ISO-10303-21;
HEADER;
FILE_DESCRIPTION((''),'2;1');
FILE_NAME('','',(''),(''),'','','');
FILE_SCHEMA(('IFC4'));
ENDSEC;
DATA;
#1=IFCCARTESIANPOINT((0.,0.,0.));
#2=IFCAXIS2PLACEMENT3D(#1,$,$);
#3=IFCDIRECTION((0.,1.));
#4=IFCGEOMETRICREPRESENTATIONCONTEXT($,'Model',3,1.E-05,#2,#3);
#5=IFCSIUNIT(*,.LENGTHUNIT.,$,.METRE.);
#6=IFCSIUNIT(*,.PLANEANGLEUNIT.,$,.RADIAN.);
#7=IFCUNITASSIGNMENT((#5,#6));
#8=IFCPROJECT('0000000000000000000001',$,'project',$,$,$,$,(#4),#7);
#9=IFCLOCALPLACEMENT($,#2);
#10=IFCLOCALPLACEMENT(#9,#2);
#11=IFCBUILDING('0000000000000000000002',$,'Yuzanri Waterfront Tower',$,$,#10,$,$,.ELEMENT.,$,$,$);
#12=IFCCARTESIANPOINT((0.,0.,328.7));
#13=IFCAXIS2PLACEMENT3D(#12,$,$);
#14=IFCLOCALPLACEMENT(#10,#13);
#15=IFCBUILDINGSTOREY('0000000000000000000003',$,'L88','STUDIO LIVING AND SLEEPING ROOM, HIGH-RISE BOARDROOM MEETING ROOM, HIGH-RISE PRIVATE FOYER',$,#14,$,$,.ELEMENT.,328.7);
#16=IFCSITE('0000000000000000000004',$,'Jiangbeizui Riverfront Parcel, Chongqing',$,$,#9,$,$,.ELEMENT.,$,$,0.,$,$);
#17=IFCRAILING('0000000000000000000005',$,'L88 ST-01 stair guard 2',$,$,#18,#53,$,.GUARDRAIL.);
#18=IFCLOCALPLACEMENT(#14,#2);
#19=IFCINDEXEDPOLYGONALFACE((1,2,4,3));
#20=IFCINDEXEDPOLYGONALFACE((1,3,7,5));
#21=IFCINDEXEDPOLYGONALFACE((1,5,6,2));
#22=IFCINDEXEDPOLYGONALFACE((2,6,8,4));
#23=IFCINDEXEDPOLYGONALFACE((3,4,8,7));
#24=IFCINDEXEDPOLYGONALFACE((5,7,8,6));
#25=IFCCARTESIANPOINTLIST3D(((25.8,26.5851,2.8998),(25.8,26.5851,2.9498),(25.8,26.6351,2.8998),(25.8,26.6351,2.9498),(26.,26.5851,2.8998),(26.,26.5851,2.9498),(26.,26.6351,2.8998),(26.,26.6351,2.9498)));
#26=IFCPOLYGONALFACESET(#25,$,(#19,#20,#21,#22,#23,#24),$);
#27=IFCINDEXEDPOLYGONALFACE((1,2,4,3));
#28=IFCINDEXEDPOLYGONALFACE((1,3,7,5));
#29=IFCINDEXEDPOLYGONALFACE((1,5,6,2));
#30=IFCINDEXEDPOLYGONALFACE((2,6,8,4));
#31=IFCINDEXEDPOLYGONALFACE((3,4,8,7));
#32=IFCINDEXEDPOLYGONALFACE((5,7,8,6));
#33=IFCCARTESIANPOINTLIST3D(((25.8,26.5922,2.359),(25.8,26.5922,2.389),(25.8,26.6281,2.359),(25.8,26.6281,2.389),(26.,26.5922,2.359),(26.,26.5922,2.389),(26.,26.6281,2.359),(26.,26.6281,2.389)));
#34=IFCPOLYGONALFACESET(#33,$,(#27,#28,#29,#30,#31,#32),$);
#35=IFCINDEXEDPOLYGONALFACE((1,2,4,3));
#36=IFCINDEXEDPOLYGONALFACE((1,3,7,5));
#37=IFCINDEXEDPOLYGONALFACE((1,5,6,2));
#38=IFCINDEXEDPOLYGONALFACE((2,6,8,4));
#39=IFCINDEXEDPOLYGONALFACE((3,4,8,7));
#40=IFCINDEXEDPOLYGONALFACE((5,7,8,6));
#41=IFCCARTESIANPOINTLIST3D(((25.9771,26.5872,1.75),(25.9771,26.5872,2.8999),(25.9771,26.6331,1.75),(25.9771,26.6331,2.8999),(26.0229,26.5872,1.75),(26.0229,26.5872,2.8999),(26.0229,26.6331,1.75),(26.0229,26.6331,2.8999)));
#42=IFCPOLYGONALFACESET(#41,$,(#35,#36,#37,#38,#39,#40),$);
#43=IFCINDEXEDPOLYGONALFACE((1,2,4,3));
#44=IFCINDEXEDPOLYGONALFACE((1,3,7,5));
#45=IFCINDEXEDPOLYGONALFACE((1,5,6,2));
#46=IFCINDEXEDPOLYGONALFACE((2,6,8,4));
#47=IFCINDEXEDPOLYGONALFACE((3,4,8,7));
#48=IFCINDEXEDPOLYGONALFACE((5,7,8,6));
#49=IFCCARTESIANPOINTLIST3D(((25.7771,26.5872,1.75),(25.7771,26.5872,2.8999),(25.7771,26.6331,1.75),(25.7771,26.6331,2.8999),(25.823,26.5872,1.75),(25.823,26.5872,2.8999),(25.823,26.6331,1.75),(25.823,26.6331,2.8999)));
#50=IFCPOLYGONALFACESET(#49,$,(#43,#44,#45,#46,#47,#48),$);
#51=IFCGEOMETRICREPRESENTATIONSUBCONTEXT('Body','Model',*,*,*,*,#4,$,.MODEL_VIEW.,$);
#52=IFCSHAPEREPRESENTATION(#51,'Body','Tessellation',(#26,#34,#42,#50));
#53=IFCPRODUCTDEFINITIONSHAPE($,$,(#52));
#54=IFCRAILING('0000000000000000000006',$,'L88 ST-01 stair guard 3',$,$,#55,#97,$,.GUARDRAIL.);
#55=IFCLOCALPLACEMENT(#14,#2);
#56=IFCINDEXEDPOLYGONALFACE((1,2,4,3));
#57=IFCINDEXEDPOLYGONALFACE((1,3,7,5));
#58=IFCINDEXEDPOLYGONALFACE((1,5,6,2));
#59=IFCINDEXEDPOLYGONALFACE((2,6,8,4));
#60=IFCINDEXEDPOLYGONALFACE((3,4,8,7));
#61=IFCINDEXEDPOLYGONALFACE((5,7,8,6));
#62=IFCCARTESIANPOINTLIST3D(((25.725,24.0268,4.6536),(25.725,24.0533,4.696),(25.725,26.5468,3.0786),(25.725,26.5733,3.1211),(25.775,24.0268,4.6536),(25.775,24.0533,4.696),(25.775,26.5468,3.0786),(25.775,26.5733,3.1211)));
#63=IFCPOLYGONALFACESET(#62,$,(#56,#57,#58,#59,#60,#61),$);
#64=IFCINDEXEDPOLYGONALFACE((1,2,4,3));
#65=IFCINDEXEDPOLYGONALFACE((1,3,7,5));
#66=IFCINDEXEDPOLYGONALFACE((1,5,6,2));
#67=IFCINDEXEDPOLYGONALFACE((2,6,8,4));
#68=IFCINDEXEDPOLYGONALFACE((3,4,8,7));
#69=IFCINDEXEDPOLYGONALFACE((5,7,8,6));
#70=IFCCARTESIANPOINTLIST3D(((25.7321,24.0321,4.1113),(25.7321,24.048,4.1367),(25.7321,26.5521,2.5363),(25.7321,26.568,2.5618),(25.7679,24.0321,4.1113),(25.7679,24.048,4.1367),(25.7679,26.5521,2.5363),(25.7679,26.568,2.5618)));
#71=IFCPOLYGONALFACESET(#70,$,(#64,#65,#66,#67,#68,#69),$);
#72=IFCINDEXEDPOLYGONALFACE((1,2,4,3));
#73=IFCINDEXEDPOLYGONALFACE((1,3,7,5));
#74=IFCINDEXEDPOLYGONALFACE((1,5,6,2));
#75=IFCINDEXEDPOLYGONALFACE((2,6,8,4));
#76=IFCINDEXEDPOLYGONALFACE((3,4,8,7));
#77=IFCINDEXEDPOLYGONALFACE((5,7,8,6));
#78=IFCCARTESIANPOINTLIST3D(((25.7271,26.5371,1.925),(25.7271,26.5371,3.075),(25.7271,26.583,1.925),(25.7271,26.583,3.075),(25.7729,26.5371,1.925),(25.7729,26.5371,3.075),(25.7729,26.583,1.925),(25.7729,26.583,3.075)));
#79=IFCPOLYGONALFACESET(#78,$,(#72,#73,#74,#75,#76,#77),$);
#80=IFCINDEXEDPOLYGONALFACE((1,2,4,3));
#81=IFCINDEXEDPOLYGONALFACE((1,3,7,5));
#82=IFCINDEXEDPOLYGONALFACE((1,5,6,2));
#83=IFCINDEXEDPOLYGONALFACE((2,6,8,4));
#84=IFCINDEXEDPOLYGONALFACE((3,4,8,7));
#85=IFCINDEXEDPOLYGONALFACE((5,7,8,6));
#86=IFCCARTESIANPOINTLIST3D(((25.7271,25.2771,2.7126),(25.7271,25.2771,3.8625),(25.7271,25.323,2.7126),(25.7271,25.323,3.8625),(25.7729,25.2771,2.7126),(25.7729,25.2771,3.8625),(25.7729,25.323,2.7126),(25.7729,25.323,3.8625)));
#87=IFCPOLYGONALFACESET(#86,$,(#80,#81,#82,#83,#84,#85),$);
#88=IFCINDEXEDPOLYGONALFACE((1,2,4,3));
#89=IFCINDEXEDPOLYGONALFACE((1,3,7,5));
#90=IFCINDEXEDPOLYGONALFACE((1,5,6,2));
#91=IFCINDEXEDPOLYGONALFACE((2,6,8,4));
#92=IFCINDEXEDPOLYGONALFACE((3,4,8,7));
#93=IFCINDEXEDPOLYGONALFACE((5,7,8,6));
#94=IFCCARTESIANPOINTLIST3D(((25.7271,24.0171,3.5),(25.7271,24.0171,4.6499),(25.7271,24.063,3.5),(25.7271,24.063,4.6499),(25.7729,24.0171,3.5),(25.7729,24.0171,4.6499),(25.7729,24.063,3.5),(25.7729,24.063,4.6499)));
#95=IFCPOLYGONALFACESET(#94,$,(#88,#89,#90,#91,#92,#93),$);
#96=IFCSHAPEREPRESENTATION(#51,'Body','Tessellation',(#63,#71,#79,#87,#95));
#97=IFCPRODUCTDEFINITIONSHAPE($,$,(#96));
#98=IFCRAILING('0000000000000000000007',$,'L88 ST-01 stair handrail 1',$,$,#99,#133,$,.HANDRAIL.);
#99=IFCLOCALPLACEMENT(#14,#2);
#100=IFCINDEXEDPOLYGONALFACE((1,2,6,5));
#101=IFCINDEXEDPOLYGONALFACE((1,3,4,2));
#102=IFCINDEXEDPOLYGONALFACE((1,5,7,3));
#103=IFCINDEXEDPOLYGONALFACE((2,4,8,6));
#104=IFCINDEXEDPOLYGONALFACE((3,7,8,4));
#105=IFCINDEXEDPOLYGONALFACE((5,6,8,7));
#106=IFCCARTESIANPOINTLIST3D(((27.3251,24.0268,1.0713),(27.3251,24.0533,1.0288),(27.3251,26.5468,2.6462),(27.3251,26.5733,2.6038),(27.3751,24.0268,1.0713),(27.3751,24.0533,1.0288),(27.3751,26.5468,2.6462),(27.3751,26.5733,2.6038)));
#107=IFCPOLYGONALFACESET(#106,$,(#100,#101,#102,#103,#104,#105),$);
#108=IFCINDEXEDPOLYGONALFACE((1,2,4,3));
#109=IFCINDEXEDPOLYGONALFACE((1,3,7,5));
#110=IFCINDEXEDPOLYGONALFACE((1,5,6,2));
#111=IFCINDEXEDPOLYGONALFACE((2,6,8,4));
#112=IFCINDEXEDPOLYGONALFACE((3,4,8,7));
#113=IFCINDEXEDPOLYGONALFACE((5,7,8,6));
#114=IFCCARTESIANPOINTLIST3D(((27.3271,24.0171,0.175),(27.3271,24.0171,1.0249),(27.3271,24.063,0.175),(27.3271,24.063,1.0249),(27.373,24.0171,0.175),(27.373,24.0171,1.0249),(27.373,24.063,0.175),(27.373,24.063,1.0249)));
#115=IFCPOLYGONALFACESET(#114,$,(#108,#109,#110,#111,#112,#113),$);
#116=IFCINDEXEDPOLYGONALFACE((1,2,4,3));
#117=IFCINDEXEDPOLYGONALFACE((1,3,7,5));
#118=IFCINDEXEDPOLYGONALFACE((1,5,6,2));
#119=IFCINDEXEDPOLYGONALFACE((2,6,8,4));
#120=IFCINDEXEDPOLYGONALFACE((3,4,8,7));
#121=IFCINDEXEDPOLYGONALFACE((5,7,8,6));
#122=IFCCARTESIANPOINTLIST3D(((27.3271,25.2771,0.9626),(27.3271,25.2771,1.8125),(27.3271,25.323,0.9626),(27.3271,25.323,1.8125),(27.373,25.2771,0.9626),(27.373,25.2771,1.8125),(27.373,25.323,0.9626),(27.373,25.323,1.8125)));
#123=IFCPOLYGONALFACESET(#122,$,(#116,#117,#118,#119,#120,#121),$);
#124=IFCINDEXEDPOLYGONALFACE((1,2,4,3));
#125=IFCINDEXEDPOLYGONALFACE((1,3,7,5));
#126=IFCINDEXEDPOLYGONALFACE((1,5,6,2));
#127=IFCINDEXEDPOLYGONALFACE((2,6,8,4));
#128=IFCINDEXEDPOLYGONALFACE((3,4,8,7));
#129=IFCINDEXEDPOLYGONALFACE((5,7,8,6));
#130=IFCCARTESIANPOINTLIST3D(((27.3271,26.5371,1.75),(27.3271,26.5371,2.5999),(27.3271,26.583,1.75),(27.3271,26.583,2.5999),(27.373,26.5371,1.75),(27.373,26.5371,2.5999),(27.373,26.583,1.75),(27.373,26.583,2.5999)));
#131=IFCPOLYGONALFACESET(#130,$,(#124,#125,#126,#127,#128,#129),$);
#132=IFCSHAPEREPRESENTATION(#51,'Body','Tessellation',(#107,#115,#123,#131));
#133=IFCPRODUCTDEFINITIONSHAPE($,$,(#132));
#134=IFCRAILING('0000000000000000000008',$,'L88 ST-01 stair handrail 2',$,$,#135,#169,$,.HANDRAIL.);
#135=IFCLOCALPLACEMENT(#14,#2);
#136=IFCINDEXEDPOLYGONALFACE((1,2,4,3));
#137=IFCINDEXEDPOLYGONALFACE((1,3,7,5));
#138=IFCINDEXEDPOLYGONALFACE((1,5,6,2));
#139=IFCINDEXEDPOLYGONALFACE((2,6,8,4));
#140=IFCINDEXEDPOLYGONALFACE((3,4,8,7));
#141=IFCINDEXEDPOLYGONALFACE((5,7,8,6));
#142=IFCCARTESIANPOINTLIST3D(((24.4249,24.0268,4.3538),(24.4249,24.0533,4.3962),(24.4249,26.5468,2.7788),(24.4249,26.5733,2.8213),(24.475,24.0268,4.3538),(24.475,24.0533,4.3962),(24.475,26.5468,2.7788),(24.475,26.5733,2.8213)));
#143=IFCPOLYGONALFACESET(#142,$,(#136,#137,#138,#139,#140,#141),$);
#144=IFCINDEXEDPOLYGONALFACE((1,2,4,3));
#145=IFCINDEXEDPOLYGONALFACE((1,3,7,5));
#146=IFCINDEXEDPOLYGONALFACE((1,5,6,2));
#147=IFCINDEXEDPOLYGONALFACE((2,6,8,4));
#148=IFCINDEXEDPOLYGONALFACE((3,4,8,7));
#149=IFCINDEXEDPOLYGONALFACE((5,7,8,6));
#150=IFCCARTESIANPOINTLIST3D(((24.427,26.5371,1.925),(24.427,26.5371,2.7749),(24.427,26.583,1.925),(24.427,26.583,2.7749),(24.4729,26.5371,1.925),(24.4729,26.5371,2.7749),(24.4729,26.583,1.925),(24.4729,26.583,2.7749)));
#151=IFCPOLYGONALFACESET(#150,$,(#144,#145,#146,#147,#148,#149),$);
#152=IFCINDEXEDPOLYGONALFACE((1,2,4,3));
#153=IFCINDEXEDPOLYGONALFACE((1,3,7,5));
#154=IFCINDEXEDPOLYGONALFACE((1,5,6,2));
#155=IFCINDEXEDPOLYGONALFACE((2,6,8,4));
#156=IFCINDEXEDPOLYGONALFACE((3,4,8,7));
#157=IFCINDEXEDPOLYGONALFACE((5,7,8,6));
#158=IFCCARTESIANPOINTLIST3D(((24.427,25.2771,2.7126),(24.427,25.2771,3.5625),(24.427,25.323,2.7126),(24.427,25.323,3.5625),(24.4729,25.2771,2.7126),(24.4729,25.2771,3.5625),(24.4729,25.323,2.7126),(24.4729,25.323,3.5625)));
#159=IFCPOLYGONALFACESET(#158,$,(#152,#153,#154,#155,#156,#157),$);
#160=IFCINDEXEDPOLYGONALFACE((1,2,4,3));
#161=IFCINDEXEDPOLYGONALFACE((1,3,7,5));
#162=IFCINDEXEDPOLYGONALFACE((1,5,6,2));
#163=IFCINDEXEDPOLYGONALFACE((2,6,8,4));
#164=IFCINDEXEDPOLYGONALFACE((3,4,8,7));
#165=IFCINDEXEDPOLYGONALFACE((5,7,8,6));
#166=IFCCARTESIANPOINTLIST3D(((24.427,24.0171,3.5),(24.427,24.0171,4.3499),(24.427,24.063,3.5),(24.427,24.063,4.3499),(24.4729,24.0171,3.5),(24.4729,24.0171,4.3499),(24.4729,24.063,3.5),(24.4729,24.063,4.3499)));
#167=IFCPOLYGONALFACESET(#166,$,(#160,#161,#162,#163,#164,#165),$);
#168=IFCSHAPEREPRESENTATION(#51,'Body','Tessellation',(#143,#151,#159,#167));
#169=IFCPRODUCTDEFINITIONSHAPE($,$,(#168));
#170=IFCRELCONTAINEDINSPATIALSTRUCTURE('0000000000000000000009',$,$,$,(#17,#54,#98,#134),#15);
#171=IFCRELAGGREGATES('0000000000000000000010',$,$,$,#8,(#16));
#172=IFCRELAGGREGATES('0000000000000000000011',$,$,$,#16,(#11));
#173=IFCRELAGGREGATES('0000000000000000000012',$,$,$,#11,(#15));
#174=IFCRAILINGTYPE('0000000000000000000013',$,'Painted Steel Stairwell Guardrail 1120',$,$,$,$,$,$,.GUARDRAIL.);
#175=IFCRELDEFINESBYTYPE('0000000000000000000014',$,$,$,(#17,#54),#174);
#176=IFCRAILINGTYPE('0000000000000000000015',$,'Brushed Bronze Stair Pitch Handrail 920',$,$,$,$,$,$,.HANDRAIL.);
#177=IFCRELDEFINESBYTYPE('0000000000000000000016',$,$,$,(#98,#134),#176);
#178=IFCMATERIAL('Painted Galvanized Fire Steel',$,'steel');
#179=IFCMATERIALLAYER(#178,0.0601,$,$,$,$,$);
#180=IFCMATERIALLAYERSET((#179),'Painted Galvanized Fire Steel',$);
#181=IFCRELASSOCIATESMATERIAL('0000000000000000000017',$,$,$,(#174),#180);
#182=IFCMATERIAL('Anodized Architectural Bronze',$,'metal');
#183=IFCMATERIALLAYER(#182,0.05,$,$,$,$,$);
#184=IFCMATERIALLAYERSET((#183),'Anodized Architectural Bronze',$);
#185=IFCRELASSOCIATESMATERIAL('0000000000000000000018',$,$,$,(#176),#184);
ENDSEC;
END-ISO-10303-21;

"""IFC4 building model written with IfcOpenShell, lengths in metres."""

from ifc_helpers import new_model, si_unit, direction, frame, origin, origin_2d, place, context, subcontext, project, spatial, rectangle, extrude, source, transform, mapped, material, layer, layer_set, type_object, element, save


model = new_model("IFC4")

# Units and contexts
model_context = context("Model", 3, precision=1e-05, world=origin(), true_north=direction((0.0, 1.0)))
body_context = subcontext(model_context, "Body", "Model", "MODEL_VIEW")
ifc_project = project(units=[si_unit("LENGTHUNIT", "METRE"), si_unit("PLANEANGLEUNIT", "RADIAN")], contexts=[model_context])

# Site, building, storey
site_placement = place(None, origin())
site = spatial("IfcSite", under=ifc_project, at=site_placement, Name="Jiangbeizui Riverfront Parcel, Chongqing", CompositionType="ELEMENT", RefElevation=0.0)
building_placement = place(site_placement, origin())
building = spatial("IfcBuilding", under=site, at=building_placement, Name="Yuzanri Waterfront Tower", CompositionType="ELEMENT")
storey_placement = place(building_placement, frame((0.0, 0.0, 328.7)))
storey = spatial("IfcBuildingStorey", under=building, at=storey_placement, Name="L88", Description="STUDIO LIVING AND SLEEPING ROOM, HIGH-RISE BOARDROOM MEETING ROOM, HIGH-RISE PRIVATE FOYER", CompositionType="ELEMENT", Elevation=328.7)

# Railings
ifc_material_1 = material(Name="Painted Galvanized Fire Steel", Category="steel")
ifc_layer_1 = layer(ifc_material_1, 0.0601)
ifc_layer_set_1 = layer_set([ifc_layer_1], Name="Painted Galvanized Fire Steel")
railing_type_1 = type_object("IfcRailingType", Name="Painted Steel Stairwell Guardrail 1120", PredefinedType="GUARDRAIL", material=ifc_layer_set_1)
shared_shape_1 = source(origin(), body_context, "Body", "SweptSolid", [
    extrude(rectangle(XDim=0.05, YDim=0.05, at=origin_2d()), frame((0.0, 0.0, 1.1748), z_axis=(-1.0, 0.0, 0.0), x_axis=(0.0, -1.0, 0.0)), (0.0, 0.0, 1.0), 0.2),
    extrude(rectangle(XDim=0.0359, YDim=0.03, at=origin_2d()), frame((0.0, 0.0, 0.624), z_axis=(-1.0, 0.0, 0.0), x_axis=(0.0, -1.0, 0.0)), (0.0, 0.0, 1.0), 0.2),
    extrude(rectangle(XDim=0.0459, YDim=0.0459, at=origin_2d()), origin(), (0.0, 0.0, 1.0), 1.1499),
    extrude(rectangle(XDim=0.0459, YDim=0.0459, at=origin_2d()), frame((-0.2, 0.0, 0.0)), (0.0, 0.0, 1.0), 1.1499),
])
railing_1_placement = place(storey_placement, frame((26.0, 26.6101, 1.75)))
element("IfcRailing", 1, at=railing_1_placement, inside=storey, type_object=railing_type_1, Name="L88 ST-01 stair guard 2", PredefinedType="GUARDRAIL", context=body_context, shape_type="MappedRepresentation", body=[
    mapped(shared_shape_1, transform((0.0, 0.0, 0.0), scale=1.0)),
])
shared_shape_2 = source(origin(), body_context, "Body", "SweptSolid", [
    extrude(rectangle(XDim=0.05, YDim=0.05, at=origin_2d()), frame((0.0, 0.0, 1.1748), z_axis=(0.0, -0.848008, 0.529984), x_axis=(1.0, 0.0, 0.0)), (0.0, 0.0, 1.0), 2.9717),
    extrude(rectangle(XDim=0.0359, YDim=0.03, at=origin_2d()), frame((0.0, 0.0, 0.624), z_axis=(0.0, -0.848008, 0.529984), x_axis=(1.0, 0.0, 0.0)), (0.0, 0.0, 1.0), 2.9717),
    extrude(rectangle(XDim=0.0459, YDim=0.0459, at=origin_2d()), origin(), (0.0, 0.0, 1.0), 1.1499),
    extrude(rectangle(XDim=0.0459, YDim=0.0459, at=origin_2d()), frame((0.0, -1.26, 0.7876)), (0.0, 0.0, 1.0), 1.1499),
    extrude(rectangle(XDim=0.0459, YDim=0.0459, at=origin_2d()), frame((0.0, -2.52, 1.575)), (0.0, 0.0, 1.0), 1.1499),
])
railing_2_placement = place(storey_placement, frame((25.75, 26.5601, 1.925)))
element("IfcRailing", 2, at=railing_2_placement, inside=storey, type_object=railing_type_1, Name="L88 ST-01 stair guard 3", PredefinedType="GUARDRAIL", context=body_context, shape_type="MappedRepresentation", body=[
    mapped(shared_shape_2, transform((0.0, 0.0, 0.0), scale=1.0)),
])
ifc_material_2 = material(Name="Anodized Architectural Bronze", Category="metal")
ifc_layer_2 = layer(ifc_material_2, 0.05)
ifc_layer_set_2 = layer_set([ifc_layer_2], Name="Anodized Architectural Bronze")
railing_type_2 = type_object("IfcRailingType", Name="Brushed Bronze Stair Pitch Handrail 920", PredefinedType="HANDRAIL", material=ifc_layer_set_2)
shared_shape_3 = source(origin(), body_context, "Body", "SweptSolid", [
    extrude(rectangle(XDim=0.05, YDim=0.05, at=origin_2d()), frame((0.0, 0.0, 0.875), z_axis=(0.0, 0.848008, 0.529984), x_axis=(-1.0, 0.0, 0.0)), (0.0, 0.0, 1.0), 2.9717),
    extrude(rectangle(XDim=0.0459, YDim=0.0459, at=origin_2d()), origin(), (0.0, 0.0, 1.0), 0.8499),
    extrude(rectangle(XDim=0.0459, YDim=0.0459, at=origin_2d()), frame((0.0, 1.26, 0.7876)), (0.0, 0.0, 1.0), 0.8499),
    extrude(rectangle(XDim=0.0459, YDim=0.0459, at=origin_2d()), frame((0.0, 2.52, 1.575)), (0.0, 0.0, 1.0), 0.8499),
])
railing_3_placement = place(storey_placement, frame((27.3501, 24.04, 0.175)))
element("IfcRailing", 3, at=railing_3_placement, inside=storey, type_object=railing_type_2, Name="L88 ST-01 stair handrail 1", PredefinedType="HANDRAIL", context=body_context, shape_type="MappedRepresentation", body=[
    mapped(shared_shape_3, transform((0.0, 0.0, 0.0), scale=1.0)),
])
shared_shape_4 = source(origin(), body_context, "Body", "SweptSolid", [
    extrude(rectangle(XDim=0.05, YDim=0.05, at=origin_2d()), frame((0.0, 0.0, 0.875), z_axis=(0.0, -0.848008, 0.529984), x_axis=(1.0, 0.0, 0.0)), (0.0, 0.0, 1.0), 2.9717),
    extrude(rectangle(XDim=0.0459, YDim=0.0459, at=origin_2d()), origin(), (0.0, 0.0, 1.0), 0.8499),
    extrude(rectangle(XDim=0.0459, YDim=0.0459, at=origin_2d()), frame((0.0, -1.26, 0.7876)), (0.0, 0.0, 1.0), 0.8499),
    extrude(rectangle(XDim=0.0459, YDim=0.0459, at=origin_2d()), frame((0.0, -2.52, 1.575)), (0.0, 0.0, 1.0), 0.8499),
])
railing_4_placement = place(storey_placement, frame((24.45, 26.5601, 1.925)))
element("IfcRailing", 4, at=railing_4_placement, inside=storey, type_object=railing_type_2, Name="L88 ST-01 stair handrail 2", PredefinedType="HANDRAIL", context=body_context, shape_type="MappedRepresentation", body=[
    mapped(shared_shape_4, transform((0.0, 0.0, 0.0), scale=1.0)),
])

save(model, "model.ifc")
